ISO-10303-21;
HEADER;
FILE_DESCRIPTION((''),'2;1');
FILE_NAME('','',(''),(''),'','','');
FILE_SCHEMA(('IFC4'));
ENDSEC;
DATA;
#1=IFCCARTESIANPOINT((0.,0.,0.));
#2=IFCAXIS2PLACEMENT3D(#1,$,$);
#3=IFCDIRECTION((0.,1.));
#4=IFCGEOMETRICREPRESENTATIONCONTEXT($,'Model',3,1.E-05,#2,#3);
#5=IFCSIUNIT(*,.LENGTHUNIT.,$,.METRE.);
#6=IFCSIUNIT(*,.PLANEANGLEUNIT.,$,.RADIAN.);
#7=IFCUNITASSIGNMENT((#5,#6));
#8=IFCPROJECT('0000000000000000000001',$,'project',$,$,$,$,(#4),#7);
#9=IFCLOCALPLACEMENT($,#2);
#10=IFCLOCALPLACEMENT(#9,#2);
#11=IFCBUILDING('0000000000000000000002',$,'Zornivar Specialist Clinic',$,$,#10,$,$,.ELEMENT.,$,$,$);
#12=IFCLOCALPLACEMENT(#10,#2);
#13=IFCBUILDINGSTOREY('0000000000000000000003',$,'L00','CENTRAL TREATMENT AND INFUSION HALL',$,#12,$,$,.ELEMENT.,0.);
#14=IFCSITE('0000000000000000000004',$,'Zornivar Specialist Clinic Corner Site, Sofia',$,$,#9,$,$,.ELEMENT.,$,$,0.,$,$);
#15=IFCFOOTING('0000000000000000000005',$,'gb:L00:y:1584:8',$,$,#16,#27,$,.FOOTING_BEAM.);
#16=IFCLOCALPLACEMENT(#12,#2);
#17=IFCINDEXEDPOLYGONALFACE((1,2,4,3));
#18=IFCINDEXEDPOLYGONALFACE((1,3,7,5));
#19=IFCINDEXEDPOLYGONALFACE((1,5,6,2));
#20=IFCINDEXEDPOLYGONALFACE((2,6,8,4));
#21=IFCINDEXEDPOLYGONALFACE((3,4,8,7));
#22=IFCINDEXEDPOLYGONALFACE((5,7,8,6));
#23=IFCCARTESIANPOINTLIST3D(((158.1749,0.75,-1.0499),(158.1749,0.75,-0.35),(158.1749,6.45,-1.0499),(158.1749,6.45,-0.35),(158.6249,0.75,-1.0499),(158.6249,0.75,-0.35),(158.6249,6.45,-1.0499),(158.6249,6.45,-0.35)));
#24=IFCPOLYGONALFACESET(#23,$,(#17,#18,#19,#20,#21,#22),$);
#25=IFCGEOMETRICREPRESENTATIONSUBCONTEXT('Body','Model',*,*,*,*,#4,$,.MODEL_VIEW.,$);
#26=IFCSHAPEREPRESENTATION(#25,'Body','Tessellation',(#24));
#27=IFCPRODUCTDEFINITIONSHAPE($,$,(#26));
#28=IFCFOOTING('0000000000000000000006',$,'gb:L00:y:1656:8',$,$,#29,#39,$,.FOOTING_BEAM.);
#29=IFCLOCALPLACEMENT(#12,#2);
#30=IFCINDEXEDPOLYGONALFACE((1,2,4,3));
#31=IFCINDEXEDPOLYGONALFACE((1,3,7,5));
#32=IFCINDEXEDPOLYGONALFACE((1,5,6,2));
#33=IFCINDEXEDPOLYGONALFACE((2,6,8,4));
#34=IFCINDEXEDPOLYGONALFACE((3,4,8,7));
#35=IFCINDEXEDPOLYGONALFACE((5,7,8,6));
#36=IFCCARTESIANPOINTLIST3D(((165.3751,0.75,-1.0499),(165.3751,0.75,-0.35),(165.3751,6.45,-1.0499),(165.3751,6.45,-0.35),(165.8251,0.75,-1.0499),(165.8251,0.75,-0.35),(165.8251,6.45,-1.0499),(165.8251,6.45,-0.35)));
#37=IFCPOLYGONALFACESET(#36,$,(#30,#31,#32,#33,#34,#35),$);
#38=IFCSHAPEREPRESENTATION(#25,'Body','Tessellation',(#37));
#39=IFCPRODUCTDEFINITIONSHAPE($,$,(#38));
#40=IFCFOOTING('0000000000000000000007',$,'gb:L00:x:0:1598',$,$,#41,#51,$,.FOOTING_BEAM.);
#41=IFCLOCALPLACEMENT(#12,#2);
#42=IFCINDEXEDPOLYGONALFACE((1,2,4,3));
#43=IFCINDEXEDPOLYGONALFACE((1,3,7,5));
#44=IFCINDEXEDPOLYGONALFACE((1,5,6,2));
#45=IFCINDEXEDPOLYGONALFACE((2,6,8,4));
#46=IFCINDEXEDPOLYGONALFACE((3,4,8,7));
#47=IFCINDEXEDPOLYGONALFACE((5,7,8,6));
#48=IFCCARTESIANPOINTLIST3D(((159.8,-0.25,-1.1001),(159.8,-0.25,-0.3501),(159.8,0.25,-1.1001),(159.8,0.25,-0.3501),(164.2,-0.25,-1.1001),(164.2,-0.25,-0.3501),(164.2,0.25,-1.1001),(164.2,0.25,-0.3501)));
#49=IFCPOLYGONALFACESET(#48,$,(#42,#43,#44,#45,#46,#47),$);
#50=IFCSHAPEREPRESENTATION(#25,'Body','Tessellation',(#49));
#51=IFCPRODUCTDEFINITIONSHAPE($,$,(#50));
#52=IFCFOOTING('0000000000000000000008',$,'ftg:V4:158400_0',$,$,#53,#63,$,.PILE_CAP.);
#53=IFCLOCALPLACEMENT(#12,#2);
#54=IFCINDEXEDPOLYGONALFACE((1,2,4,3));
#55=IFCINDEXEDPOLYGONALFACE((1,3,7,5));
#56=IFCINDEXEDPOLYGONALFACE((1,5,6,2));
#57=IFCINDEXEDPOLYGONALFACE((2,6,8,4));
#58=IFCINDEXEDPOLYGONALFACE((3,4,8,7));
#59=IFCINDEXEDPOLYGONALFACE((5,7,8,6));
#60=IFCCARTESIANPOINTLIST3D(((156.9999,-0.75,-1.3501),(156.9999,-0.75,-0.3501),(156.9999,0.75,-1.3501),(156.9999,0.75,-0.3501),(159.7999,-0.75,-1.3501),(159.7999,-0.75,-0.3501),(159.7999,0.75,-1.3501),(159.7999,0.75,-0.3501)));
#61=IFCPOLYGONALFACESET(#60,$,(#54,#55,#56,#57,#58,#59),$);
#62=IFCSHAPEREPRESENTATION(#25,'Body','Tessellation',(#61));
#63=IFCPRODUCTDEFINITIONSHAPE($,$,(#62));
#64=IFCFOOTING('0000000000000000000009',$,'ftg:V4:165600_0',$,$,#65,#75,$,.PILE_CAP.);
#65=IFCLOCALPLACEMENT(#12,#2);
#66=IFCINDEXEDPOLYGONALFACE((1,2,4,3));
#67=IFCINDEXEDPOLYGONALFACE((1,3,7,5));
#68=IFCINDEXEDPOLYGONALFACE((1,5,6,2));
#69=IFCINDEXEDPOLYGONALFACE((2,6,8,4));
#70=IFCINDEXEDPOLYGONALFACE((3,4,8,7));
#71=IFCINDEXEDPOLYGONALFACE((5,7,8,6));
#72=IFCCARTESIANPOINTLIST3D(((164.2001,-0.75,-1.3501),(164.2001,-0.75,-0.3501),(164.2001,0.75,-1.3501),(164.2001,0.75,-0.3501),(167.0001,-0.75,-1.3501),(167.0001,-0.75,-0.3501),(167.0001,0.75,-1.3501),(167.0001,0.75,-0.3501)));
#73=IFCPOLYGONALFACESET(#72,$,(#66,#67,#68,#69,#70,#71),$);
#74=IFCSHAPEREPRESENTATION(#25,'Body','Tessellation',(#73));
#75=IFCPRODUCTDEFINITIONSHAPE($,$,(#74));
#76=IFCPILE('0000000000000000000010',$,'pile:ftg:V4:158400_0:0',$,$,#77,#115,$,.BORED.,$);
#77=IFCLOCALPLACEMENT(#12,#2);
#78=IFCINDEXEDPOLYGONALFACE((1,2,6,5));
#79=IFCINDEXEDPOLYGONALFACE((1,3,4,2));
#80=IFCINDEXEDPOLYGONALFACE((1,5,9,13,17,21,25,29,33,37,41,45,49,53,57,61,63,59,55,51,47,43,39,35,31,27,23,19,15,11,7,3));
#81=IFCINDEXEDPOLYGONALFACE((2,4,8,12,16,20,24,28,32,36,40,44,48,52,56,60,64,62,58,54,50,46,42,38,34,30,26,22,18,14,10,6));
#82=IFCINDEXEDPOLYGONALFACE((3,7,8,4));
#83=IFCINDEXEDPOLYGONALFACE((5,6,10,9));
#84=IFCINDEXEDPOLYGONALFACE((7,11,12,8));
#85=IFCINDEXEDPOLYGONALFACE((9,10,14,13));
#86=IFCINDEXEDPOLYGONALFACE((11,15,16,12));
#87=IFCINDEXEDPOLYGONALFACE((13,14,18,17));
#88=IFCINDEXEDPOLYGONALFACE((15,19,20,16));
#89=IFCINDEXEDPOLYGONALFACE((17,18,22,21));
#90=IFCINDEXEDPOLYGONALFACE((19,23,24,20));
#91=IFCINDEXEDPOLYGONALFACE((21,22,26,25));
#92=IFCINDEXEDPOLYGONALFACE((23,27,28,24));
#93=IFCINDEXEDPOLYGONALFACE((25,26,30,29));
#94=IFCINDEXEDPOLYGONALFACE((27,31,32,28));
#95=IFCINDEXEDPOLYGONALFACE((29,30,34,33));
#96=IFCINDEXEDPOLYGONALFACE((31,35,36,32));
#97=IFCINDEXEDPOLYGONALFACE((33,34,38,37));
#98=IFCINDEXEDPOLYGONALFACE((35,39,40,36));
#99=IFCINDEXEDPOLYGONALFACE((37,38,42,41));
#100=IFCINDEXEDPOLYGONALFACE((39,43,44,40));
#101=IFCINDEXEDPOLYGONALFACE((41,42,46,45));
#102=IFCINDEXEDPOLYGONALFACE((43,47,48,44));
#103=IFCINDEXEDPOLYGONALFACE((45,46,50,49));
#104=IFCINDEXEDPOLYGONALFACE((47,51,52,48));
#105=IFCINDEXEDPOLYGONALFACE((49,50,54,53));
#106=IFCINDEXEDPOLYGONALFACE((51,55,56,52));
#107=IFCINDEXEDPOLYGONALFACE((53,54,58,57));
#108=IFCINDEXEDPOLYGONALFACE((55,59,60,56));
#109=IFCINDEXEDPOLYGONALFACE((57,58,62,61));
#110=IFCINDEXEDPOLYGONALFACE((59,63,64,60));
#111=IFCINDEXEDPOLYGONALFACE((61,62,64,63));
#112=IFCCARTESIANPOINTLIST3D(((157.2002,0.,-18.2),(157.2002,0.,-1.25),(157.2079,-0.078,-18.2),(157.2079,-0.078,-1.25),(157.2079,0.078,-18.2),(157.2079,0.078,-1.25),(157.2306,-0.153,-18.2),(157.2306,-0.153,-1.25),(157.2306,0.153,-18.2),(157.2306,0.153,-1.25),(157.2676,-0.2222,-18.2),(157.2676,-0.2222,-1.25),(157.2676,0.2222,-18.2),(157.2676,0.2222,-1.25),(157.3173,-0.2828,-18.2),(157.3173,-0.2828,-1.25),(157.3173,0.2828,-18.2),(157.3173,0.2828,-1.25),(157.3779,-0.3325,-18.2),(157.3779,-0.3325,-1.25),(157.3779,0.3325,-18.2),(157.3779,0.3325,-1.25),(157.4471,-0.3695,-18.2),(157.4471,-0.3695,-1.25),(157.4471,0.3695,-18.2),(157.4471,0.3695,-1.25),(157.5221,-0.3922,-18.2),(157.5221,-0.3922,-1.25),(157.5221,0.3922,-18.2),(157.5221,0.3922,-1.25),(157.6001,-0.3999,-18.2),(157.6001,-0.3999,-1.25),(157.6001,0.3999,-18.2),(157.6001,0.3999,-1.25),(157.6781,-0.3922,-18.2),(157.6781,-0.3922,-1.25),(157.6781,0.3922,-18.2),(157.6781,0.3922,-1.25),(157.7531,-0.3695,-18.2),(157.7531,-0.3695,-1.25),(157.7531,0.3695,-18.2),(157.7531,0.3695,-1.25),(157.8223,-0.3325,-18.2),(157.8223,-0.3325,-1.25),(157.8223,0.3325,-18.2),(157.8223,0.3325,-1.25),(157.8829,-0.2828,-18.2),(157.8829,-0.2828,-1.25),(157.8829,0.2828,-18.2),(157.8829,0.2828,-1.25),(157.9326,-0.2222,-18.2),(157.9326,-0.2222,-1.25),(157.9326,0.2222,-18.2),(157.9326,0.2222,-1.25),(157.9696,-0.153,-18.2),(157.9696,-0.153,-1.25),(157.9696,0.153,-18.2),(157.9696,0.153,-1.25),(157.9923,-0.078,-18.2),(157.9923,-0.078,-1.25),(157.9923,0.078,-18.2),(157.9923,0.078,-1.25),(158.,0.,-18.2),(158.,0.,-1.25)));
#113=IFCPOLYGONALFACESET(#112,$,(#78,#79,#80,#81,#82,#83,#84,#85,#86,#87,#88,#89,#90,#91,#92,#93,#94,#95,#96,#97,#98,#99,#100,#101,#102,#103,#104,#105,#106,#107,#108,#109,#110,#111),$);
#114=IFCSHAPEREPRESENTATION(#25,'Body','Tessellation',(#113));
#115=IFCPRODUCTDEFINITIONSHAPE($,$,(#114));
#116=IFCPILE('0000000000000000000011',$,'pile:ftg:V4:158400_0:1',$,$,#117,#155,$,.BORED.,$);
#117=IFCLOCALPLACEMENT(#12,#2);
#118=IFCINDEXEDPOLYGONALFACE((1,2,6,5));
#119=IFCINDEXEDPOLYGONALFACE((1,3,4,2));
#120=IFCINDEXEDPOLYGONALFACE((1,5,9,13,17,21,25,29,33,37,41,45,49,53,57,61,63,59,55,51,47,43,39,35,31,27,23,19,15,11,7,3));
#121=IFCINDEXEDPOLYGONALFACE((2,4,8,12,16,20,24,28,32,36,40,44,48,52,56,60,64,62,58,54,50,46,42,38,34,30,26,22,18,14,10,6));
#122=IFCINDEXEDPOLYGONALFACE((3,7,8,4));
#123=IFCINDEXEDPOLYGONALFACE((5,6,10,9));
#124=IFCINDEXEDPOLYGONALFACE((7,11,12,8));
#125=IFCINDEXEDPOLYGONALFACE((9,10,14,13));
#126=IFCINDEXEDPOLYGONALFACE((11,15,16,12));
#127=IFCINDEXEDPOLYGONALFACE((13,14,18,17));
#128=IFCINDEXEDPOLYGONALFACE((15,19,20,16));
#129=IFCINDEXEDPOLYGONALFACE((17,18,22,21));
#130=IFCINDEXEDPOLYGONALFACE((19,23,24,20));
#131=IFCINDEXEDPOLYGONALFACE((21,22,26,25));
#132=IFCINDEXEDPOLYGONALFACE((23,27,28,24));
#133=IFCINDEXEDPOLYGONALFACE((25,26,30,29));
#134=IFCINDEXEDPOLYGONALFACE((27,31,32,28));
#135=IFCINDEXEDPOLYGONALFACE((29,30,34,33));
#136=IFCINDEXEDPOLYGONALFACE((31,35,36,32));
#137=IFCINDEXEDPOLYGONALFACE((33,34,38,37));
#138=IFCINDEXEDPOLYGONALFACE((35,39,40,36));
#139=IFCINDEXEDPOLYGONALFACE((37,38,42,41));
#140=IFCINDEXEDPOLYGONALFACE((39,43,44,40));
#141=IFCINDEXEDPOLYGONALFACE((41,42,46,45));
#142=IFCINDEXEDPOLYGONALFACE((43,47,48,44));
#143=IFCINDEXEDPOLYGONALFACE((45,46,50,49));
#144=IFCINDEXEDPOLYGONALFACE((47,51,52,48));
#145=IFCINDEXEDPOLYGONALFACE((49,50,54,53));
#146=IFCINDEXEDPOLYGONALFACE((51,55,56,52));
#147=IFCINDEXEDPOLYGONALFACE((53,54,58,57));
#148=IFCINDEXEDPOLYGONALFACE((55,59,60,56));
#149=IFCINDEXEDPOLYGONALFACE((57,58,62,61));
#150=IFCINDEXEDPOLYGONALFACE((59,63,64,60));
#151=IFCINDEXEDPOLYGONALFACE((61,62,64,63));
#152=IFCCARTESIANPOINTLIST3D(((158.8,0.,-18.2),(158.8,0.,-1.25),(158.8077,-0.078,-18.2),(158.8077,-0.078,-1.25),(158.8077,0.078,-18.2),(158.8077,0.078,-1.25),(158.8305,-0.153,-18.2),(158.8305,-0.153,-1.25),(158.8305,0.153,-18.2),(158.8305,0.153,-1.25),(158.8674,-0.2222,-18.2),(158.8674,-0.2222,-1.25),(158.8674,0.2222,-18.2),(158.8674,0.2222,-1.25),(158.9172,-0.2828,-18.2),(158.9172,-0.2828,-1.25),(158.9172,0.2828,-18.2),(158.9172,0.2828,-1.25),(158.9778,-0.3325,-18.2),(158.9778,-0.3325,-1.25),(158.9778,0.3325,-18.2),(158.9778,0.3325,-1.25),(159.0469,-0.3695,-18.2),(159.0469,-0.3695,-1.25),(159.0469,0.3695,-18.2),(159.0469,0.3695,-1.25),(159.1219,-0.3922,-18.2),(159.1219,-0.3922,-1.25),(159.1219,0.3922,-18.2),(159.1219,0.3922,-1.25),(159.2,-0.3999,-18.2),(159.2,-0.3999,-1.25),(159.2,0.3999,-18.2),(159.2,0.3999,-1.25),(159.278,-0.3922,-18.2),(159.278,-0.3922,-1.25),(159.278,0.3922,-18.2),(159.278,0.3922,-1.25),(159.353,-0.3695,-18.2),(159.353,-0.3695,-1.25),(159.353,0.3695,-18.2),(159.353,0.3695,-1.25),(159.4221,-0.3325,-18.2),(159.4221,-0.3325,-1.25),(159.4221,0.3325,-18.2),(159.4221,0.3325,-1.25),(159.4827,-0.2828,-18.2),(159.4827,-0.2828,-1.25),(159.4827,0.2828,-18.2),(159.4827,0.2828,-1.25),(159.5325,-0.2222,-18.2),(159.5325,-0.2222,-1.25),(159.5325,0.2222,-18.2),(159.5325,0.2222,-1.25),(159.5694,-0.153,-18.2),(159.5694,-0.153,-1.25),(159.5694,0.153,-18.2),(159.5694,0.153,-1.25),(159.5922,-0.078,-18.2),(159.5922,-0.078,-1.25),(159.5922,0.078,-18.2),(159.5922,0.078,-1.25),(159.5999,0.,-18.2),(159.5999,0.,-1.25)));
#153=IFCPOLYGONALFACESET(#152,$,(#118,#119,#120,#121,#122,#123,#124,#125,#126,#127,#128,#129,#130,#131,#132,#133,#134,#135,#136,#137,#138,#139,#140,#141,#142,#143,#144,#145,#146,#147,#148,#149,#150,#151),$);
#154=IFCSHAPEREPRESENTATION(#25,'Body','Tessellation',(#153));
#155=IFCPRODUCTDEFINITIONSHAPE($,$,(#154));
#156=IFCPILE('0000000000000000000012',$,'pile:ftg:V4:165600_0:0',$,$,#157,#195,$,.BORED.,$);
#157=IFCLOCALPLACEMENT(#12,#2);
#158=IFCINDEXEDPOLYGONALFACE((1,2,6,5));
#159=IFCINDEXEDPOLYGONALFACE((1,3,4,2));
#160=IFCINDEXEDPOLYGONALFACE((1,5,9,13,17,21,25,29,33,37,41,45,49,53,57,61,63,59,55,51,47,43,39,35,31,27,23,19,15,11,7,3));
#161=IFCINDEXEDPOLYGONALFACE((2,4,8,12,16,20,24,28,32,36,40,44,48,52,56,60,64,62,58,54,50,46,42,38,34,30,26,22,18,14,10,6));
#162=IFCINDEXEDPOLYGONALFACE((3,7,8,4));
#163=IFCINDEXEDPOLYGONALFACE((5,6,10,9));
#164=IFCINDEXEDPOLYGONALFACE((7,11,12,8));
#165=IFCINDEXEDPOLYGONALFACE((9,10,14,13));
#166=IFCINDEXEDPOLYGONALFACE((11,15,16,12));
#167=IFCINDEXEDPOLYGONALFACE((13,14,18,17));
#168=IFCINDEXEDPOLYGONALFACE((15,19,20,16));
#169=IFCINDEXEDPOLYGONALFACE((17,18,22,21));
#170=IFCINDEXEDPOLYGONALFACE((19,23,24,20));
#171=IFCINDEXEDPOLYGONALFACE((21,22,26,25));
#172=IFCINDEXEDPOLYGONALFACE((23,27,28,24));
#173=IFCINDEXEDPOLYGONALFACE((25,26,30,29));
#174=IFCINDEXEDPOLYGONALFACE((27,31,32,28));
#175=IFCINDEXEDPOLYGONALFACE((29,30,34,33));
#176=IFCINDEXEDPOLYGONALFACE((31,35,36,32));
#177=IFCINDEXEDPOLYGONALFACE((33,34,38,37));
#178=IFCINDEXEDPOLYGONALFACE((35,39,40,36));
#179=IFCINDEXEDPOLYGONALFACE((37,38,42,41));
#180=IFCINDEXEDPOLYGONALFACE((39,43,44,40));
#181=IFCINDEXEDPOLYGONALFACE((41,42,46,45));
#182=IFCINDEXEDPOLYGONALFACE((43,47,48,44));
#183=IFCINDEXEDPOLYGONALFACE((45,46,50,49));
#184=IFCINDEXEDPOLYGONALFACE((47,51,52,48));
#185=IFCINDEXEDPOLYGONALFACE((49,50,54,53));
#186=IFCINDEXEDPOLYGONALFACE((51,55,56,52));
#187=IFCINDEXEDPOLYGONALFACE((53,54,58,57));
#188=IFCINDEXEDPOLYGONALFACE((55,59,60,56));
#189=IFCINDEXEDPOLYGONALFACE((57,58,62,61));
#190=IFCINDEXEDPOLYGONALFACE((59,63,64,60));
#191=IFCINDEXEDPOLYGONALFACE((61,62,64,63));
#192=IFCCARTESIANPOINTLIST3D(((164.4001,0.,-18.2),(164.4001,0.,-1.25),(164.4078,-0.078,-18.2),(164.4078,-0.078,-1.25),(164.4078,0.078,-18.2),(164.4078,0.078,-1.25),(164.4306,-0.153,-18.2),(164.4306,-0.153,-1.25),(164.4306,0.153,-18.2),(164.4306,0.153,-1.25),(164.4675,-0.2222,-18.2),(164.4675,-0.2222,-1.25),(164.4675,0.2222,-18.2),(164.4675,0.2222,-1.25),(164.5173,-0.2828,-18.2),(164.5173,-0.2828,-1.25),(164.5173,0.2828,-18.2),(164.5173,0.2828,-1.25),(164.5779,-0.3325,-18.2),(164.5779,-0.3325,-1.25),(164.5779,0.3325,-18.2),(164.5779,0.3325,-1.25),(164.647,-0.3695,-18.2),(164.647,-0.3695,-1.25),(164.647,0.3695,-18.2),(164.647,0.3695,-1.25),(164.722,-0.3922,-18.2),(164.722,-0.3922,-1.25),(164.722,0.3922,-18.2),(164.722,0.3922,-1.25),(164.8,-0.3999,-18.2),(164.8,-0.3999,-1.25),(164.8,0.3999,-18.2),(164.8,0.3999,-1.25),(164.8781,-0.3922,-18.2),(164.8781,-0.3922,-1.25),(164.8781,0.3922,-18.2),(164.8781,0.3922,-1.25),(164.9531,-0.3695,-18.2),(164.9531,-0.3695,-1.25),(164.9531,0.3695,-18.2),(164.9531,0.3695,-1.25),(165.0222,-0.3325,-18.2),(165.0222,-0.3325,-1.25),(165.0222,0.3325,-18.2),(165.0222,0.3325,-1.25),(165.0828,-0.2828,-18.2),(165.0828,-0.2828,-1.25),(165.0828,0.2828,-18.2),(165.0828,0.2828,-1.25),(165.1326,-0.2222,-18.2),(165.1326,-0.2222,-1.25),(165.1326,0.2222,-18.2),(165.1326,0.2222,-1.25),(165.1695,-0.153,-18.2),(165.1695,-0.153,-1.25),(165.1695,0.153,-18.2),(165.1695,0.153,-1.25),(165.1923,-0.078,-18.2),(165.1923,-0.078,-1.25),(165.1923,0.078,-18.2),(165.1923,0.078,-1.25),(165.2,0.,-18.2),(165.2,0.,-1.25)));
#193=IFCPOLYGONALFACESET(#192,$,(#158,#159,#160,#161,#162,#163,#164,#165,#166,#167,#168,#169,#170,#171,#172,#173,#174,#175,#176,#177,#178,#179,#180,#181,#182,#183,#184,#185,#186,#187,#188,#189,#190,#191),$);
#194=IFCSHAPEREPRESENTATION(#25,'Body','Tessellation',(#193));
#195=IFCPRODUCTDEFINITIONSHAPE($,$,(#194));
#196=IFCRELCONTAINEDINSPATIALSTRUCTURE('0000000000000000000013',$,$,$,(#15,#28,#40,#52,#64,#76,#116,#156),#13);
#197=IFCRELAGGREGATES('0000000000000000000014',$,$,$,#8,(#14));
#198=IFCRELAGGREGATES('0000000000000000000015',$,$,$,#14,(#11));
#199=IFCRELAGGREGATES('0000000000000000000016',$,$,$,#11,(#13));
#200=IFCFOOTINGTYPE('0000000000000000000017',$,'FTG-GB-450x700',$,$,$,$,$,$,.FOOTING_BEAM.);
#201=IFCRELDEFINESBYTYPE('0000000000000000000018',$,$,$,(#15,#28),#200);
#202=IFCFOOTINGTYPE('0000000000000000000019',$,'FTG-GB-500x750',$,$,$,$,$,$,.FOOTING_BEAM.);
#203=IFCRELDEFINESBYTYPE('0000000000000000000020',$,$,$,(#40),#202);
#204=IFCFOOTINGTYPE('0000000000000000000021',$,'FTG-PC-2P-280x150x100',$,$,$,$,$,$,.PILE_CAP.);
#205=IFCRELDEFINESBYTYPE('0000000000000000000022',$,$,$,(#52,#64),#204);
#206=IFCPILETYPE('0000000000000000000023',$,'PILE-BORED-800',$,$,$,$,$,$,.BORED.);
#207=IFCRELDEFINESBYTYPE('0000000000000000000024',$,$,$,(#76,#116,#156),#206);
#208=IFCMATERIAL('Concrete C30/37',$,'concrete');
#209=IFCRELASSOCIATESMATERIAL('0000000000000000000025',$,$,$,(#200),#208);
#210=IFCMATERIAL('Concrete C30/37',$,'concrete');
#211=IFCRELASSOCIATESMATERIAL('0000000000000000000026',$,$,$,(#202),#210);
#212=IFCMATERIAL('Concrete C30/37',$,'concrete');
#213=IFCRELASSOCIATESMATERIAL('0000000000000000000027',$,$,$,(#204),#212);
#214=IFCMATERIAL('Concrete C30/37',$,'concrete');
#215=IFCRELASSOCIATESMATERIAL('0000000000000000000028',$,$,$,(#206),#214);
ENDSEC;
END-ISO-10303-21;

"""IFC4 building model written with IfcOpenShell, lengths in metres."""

from ifc_helpers import new_model, si_unit, direction, frame, origin, origin_2d, place, context, subcontext, project, spatial, rectangle, circle, extrude, material, material_profile, profile_set, type_object, element, save


model = new_model("IFC4")

# Units and contexts
model_context = context("Model", 3, precision=1e-05, world=origin(), true_north=direction((0.0, 1.0)))
body_context = subcontext(model_context, "Body", "Model", "MODEL_VIEW")
ifc_project = project(units=[si_unit("LENGTHUNIT", "METRE"), si_unit("PLANEANGLEUNIT", "RADIAN")], contexts=[model_context])

# Site, building, storey
site_placement = place(None, origin())
site = spatial("IfcSite", under=ifc_project, at=site_placement, Name="Zornivar Specialist Clinic Corner Site, Sofia", CompositionType="ELEMENT", RefElevation=0.0)
building_placement = place(site_placement, origin())
building = spatial("IfcBuilding", under=site, at=building_placement, Name="Zornivar Specialist Clinic", CompositionType="ELEMENT")
storey_placement = place(building_placement, origin())
storey = spatial("IfcBuildingStorey", under=building, at=storey_placement, Name="L00", Description="CENTRAL TREATMENT AND INFUSION HALL", CompositionType="ELEMENT", Elevation=0.0)

# Footings
ifc_material_1 = material(Name="Concrete C30/37", Category="concrete")
ifc_material_profile_1 = material_profile(ifc_material_1, rectangle(XDim=0.45, YDim=0.7, at=origin_2d()), Name="RC 450x700")
ifc_profile_set_1 = profile_set([ifc_material_profile_1], Name="Concrete C30/37")
footing_type_1 = type_object("IfcFootingType", Name="FTG-GB-450x700", PredefinedType="FOOTING_BEAM", material=ifc_profile_set_1)
for number, where, z_axis, x_axis, name in (
    (1, (158.3999, 0.75, -0.7), (0.0, 1.0, 0.0), (-1.0, 0.0, 0.0), "gb:L00:y:1584:8"),
    (2, (165.6001, 0.75, -0.7), (0.0, 1.0, 0.0), (-1.0, 0.0, 0.0), "gb:L00:y:1656:8"),
):
    element("IfcFooting", number, at=place(storey_placement, frame(where, z_axis=z_axis, x_axis=x_axis)), inside=storey, type_object=footing_type_1, Name=name, PredefinedType="FOOTING_BEAM", context=body_context, shape_type="SweptSolid", body=[
        extrude(rectangle(XDim=0.45, YDim=0.7, at=origin_2d()), origin(), (0.0, 0.0, 1.0), 5.7),
    ])
ifc_material_2 = material(Name="Concrete C30/37", Category="concrete")
ifc_material_profile_2 = material_profile(ifc_material_2, rectangle(XDim=0.5, YDim=0.75, at=origin_2d()), Name="RC 500x750")
ifc_profile_set_2 = profile_set([ifc_material_profile_2], Name="Concrete C30/37")
footing_type_2 = type_object("IfcFootingType", Name="FTG-GB-500x750", PredefinedType="FOOTING_BEAM", material=ifc_profile_set_2)
footing_placement = place(storey_placement, frame((159.8, 0.0, -0.7251), z_axis=(1.0, 0.0, 0.0), x_axis=(0.0, 1.0, 0.0)))
element("IfcFooting", 3, at=footing_placement, inside=storey, type_object=footing_type_2, Name="gb:L00:x:0:1598", PredefinedType="FOOTING_BEAM", context=body_context, shape_type="SweptSolid", body=[
    extrude(rectangle(XDim=0.5, YDim=0.75, at=origin_2d()), origin(), (0.0, 0.0, 1.0), 4.3999),
])
ifc_material_3 = material(Name="Concrete C30/37", Category="concrete")
footing_type_3 = type_object("IfcFootingType", Name="FTG-PC-2P-280x150x100", PredefinedType="PILE_CAP", material=ifc_material_3)
for number, where, z_axis, x_axis, name in (
    (4, (158.3999, 0.0, -1.3501), (0.0, 0.0, 1.0), (1.0, 0.0, 0.0), "ftg:V4:158400_0"),
    (5, (165.6001, 0.0, -1.3501), (0.0, 0.0, 1.0), (1.0, 0.0, 0.0), "ftg:V4:165600_0"),
):
    element("IfcFooting", number, at=place(storey_placement, frame(where, z_axis=z_axis, x_axis=x_axis)), inside=storey, type_object=footing_type_3, Name=name, PredefinedType="PILE_CAP", context=body_context, shape_type="SweptSolid", body=[
        extrude(rectangle(XDim=2.8, YDim=1.5, at=origin_2d()), origin(), (0.0, 0.0, 1.0), 1.0),
    ])

# Piles
ifc_material_4 = material(Name="Concrete C30/37", Category="concrete")
ifc_material_profile_3 = material_profile(ifc_material_4, circle(Radius=0.3999, at=origin_2d()), Name="PILE D800")
ifc_profile_set_3 = profile_set([ifc_material_profile_3], Name="Concrete C30/37")
pile_type = type_object("IfcPileType", Name="PILE-BORED-800", PredefinedType="BORED", material=ifc_profile_set_3)
for number, where, z_axis, x_axis, name in (
    (6, (157.6001, 0.0, -1.25), (0.0, 0.0, -1.0), (1.0, 0.0, 0.0), "pile:ftg:V4:158400_0:0"),
    (7, (159.2, 0.0, -1.25), (0.0, 0.0, -1.0), (1.0, 0.0, 0.0), "pile:ftg:V4:158400_0:1"),
    (8, (164.8, 0.0, -1.25), (0.0, 0.0, -1.0), (1.0, 0.0, 0.0), "pile:ftg:V4:165600_0:0"),
):
    element("IfcPile", number, at=place(storey_placement, frame(where, z_axis=z_axis, x_axis=x_axis)), inside=storey, type_object=pile_type, Name=name, PredefinedType="BORED", context=body_context, shape_type="SweptSolid", body=[
        extrude(circle(Radius=0.3999, at=origin_2d()), origin(), (0.0, 0.0, 1.0), 16.95),
    ])

save(model, "model.ifc")
